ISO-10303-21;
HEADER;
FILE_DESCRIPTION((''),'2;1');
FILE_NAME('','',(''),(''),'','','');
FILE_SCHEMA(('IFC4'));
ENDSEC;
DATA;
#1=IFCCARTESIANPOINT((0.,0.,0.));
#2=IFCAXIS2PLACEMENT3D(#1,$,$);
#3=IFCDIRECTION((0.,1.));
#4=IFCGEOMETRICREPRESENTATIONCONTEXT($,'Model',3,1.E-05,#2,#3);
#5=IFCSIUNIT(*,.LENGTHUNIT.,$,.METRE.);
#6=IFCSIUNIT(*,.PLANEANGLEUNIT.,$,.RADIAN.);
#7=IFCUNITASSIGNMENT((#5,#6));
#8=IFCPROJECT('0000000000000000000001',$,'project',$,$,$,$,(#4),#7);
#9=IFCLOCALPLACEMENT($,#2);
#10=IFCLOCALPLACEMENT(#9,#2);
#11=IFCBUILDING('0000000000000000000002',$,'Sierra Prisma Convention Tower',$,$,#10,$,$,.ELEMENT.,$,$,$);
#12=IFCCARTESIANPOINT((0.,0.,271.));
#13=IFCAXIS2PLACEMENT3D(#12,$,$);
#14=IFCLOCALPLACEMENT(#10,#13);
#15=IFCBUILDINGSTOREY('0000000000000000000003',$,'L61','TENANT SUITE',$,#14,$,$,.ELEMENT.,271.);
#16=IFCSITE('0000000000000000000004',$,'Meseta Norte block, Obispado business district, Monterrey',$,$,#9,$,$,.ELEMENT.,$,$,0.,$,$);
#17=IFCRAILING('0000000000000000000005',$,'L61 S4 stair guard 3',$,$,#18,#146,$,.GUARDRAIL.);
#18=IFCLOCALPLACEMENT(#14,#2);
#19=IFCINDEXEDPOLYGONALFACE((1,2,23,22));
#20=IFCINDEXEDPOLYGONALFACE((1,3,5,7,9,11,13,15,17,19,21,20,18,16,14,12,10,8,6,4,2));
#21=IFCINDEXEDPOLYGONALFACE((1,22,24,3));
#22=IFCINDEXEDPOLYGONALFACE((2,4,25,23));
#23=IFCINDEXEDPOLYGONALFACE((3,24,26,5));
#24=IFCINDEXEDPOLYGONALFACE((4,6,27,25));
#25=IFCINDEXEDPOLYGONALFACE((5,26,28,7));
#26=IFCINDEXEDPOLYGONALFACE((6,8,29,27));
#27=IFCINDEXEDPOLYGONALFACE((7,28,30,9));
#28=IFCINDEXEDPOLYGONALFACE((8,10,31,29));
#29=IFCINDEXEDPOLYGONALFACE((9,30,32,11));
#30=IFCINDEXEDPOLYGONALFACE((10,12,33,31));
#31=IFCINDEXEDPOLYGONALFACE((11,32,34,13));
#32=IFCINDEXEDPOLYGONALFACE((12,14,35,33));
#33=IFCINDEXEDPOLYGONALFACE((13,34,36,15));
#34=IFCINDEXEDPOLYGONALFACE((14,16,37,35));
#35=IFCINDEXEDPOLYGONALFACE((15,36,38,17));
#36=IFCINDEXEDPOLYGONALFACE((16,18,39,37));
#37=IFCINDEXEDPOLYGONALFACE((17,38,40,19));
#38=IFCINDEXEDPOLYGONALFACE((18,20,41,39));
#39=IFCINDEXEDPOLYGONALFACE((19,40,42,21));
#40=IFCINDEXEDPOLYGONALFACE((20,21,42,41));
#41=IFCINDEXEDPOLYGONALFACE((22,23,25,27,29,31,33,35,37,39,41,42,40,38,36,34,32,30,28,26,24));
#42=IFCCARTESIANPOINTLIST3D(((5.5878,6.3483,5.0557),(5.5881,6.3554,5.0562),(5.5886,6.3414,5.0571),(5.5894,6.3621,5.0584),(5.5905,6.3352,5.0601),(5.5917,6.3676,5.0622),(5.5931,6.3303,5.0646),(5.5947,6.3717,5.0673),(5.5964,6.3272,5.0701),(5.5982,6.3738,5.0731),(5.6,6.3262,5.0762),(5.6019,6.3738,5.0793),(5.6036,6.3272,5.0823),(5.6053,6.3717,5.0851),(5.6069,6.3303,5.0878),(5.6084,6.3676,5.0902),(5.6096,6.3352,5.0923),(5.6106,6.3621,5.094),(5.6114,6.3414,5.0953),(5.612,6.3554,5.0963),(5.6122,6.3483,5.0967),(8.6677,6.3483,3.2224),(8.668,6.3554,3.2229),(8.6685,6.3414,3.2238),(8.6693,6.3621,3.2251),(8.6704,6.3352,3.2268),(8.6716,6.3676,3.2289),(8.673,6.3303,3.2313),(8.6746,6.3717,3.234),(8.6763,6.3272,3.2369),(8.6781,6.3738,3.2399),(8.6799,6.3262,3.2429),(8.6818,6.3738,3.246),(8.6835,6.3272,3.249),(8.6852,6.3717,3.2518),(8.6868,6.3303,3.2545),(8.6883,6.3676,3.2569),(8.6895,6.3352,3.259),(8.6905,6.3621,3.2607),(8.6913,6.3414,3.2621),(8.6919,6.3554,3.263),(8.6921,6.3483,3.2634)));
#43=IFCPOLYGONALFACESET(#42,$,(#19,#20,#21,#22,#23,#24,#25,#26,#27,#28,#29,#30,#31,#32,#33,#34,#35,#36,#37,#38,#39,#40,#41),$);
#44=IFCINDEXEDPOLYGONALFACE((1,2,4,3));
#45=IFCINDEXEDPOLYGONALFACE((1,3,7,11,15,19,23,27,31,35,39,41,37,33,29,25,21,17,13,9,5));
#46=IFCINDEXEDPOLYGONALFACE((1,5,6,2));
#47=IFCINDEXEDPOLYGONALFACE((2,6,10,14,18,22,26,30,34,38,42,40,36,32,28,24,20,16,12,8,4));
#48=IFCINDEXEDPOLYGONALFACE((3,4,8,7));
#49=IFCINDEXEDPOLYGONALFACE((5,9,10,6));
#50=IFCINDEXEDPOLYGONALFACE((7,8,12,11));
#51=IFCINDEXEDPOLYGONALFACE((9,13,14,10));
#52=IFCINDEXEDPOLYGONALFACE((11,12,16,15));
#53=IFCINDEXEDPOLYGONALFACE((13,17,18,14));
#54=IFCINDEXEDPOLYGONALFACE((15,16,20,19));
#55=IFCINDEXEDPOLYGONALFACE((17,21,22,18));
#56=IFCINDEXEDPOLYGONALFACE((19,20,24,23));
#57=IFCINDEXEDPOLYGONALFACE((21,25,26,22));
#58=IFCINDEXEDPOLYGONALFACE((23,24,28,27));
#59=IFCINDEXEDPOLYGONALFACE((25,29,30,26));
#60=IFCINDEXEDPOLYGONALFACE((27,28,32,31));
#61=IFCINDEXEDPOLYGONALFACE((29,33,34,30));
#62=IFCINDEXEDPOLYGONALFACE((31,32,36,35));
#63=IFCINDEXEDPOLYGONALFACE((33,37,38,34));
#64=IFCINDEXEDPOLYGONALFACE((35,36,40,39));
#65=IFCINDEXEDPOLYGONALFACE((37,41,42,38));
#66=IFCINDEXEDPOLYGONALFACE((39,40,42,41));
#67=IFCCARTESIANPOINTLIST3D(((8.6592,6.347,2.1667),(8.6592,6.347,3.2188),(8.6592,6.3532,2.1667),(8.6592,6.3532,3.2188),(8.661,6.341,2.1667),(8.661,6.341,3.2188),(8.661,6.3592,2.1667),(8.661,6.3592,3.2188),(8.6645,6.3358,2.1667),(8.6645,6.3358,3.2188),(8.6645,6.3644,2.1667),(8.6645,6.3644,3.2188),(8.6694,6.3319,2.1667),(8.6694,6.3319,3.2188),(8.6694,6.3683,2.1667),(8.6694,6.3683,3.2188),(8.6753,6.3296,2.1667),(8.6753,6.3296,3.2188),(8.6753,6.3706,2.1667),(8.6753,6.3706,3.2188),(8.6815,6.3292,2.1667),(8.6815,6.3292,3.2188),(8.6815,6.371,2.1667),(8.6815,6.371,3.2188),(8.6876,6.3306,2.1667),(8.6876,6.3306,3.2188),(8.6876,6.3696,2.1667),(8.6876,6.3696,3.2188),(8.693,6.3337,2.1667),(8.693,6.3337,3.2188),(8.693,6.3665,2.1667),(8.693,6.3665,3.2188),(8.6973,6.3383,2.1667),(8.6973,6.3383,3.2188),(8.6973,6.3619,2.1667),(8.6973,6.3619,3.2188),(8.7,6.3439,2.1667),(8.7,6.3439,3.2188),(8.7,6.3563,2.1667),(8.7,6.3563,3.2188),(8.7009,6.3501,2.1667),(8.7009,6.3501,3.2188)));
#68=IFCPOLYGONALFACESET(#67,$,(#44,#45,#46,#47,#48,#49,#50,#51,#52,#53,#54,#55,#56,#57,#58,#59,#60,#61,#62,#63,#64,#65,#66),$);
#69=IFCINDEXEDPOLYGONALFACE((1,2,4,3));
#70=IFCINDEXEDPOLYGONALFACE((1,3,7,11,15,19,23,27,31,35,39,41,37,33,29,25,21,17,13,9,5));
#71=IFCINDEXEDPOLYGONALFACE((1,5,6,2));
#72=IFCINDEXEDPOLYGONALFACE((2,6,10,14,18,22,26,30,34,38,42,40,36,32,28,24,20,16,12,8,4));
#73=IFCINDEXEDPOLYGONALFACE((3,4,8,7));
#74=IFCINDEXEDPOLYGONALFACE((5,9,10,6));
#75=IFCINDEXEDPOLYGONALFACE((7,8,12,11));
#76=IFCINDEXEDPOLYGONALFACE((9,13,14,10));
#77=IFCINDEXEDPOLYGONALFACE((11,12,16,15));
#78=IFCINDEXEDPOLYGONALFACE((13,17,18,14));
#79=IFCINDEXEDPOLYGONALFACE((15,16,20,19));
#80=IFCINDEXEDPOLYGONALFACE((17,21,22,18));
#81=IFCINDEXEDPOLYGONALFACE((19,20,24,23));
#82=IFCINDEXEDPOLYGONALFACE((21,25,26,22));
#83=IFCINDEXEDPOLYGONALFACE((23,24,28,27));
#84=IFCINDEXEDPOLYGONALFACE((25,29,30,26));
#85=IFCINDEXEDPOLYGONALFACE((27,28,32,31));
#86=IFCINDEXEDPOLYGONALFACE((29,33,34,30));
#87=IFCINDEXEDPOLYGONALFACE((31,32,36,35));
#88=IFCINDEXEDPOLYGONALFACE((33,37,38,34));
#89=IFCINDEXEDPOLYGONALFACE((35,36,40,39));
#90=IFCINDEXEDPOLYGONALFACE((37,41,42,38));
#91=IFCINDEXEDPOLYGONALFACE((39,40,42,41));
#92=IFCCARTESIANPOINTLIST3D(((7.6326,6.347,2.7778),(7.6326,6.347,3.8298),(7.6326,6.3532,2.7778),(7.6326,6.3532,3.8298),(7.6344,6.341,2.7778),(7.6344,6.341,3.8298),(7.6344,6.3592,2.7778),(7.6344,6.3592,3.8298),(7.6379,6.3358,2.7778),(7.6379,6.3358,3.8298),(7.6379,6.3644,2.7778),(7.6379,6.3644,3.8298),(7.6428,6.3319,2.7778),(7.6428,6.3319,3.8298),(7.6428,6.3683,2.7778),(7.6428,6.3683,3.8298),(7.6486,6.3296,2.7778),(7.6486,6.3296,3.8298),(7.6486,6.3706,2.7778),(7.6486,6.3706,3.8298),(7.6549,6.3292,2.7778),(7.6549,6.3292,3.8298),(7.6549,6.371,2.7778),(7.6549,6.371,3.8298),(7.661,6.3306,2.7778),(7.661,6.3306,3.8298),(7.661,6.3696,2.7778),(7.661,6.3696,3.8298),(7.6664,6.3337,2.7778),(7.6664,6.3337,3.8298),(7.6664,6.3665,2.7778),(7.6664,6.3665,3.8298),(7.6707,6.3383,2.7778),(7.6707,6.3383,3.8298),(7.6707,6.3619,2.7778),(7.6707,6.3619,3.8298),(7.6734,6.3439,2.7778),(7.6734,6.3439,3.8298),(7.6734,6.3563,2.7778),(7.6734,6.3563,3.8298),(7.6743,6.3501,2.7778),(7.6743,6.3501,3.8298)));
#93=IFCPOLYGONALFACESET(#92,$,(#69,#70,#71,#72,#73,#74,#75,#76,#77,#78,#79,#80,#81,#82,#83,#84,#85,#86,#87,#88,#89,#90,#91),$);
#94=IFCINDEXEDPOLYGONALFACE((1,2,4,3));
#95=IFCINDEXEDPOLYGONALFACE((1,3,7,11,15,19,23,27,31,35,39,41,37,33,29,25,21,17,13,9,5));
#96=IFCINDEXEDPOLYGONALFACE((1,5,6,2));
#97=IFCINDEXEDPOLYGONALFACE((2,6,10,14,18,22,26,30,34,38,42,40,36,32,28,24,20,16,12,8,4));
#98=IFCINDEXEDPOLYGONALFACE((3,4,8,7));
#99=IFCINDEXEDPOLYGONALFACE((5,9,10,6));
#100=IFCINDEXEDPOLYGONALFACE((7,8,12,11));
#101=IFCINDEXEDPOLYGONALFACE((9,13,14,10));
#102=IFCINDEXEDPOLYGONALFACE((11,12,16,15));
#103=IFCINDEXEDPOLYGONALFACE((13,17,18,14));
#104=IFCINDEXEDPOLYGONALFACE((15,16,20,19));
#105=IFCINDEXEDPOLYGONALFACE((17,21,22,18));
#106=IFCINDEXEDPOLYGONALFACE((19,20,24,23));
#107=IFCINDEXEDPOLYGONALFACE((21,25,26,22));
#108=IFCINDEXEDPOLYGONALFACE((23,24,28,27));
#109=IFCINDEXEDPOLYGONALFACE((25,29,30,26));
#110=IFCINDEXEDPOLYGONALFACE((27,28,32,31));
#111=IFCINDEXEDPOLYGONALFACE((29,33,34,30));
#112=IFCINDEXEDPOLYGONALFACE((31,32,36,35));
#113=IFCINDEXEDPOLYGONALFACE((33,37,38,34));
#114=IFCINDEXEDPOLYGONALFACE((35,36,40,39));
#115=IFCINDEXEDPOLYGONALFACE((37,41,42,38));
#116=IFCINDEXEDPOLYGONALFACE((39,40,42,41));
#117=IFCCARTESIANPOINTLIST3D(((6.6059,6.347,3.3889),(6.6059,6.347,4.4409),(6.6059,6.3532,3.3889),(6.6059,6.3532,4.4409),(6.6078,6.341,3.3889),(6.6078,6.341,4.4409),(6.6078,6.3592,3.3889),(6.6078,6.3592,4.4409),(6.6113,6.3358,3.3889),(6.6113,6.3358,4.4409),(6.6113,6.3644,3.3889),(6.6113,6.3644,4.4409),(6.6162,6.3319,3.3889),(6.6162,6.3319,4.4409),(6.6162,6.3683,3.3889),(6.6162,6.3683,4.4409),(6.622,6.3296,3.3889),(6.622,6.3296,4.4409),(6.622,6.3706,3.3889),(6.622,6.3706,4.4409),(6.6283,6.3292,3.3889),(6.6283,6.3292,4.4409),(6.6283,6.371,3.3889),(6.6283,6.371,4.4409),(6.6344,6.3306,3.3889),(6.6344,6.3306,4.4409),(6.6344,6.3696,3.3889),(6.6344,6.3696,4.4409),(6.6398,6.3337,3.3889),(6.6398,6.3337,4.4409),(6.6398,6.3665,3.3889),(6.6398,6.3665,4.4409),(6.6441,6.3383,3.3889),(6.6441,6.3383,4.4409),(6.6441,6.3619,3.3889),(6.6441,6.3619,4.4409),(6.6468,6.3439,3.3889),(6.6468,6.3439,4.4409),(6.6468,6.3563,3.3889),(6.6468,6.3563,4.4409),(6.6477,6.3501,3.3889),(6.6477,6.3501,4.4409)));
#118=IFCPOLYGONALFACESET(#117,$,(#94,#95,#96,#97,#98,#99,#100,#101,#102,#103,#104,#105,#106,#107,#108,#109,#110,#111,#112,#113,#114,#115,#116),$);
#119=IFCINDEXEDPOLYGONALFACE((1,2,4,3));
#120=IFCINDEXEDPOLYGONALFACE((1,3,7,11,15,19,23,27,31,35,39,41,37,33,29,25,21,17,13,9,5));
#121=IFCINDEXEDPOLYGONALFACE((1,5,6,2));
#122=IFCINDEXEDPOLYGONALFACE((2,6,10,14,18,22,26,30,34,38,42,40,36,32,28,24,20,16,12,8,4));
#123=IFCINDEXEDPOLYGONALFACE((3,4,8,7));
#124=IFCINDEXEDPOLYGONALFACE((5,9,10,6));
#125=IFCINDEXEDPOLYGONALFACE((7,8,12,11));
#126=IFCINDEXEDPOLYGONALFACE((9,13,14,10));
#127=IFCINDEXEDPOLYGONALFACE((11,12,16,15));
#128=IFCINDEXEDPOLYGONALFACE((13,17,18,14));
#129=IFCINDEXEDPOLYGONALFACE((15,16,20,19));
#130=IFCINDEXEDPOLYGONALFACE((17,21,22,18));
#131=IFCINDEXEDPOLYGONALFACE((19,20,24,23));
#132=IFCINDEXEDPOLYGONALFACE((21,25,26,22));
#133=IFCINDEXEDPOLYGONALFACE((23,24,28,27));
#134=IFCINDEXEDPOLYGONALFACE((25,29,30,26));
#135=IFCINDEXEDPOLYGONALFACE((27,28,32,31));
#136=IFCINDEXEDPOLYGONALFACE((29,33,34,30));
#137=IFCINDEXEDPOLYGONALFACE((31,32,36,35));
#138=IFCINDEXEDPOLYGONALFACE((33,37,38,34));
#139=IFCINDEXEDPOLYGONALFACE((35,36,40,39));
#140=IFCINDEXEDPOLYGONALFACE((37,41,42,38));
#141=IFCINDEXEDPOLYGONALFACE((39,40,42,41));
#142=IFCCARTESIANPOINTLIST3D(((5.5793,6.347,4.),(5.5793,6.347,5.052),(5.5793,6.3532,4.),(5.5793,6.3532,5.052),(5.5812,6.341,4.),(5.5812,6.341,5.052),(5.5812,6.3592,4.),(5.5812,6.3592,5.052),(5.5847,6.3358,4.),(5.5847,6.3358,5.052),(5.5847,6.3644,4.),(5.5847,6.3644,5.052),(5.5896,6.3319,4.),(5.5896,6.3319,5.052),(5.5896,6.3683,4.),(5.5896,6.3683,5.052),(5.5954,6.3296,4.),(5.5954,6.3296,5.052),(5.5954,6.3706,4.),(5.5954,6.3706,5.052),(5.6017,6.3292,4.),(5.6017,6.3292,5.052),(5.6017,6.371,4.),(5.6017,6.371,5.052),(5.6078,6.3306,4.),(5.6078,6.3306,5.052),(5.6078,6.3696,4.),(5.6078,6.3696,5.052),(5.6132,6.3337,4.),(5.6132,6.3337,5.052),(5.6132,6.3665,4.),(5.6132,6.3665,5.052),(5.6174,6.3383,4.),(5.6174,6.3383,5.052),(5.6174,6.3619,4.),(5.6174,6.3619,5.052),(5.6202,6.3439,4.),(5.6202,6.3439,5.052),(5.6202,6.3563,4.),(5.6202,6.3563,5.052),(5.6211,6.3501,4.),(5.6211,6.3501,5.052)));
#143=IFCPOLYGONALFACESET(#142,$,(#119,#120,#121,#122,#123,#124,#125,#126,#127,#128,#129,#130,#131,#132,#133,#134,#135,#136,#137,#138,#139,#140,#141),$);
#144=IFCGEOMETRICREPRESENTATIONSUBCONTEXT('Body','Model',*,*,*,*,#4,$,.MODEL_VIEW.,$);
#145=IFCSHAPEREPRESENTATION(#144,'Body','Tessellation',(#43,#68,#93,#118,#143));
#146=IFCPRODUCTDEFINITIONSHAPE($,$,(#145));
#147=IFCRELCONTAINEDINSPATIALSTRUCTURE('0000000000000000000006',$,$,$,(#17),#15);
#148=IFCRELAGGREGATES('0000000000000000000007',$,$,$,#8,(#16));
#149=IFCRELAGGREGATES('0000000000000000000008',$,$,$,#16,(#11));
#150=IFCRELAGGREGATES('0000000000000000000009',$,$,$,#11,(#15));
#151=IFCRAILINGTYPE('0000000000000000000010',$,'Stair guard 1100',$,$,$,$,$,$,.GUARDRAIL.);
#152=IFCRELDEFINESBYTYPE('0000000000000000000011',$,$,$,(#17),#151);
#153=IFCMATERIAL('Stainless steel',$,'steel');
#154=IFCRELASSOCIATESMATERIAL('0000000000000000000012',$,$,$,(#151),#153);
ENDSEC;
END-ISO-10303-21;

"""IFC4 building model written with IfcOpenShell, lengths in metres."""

from ifc_helpers import new_model, si_unit, direction, frame, origin, origin_2d, place, context, subcontext, project, spatial, circle, extrude, material, type_object, element, save


model = new_model("IFC4")

# Units and contexts
model_context = context("Model", 3, precision=1e-05, world=origin(), true_north=direction((0.0, 1.0)))
body_context = subcontext(model_context, "Body", "Model", "MODEL_VIEW")
ifc_project = project(units=[si_unit("LENGTHUNIT", "METRE"), si_unit("PLANEANGLEUNIT", "RADIAN")], contexts=[model_context])

# Site, building, storey
site_placement = place(None, origin())
site = spatial("IfcSite", under=ifc_project, at=site_placement, Name="Meseta Norte block, Obispado business district, Monterrey", CompositionType="ELEMENT", RefElevation=0.0)
building_placement = place(site_placement, origin())
building = spatial("IfcBuilding", under=site, at=building_placement, Name="Sierra Prisma Convention Tower", CompositionType="ELEMENT")
storey_placement = place(building_placement, frame((0.0, 0.0, 271.0)))
storey = spatial("IfcBuildingStorey", under=building, at=storey_placement, Name="L61", Description="TENANT SUITE", CompositionType="ELEMENT", Elevation=271.0)

# Railing
ifc_material_1 = material(Name="Stainless steel", Category="steel")
railing_type_1 = type_object("IfcRailingType", Name="Stair guard 1100", PredefinedType="GUARDRAIL", material=ifc_material_1)
railing_1_placement = place(storey_placement, frame((8.6799, 6.3501, 2.1667)))
element("IfcRailing", 1, at=railing_1_placement, inside=storey, type_object=railing_type_1, Name="L61 S4 stair guard 3", PredefinedType="GUARDRAIL", context=body_context, shape_type="SweptSolid", body=[
    extrude(circle(Radius=0.0239, at=origin_2d()), frame((0.0, 0.0, 1.0762), z_axis=(-0.859291, 0.0, 0.511487), x_axis=(0.0, -1.0, 0.0)), (0.0, 0.0, 1.0), 3.5842),
    extrude(circle(Radius=0.021, at=origin_2d()), origin(), (0.0, 0.0, 1.0), 1.052),
    extrude(circle(Radius=0.021, at=origin_2d()), frame((-1.0266, 0.0, 0.6111)), (0.0, 0.0, 1.0), 1.052),
    extrude(circle(Radius=0.021, at=origin_2d()), frame((-2.0532, 0.0, 1.2222)), (0.0, 0.0, 1.0), 1.052),
    extrude(circle(Radius=0.021, at=origin_2d()), frame((-3.0798, 0.0, 1.8333)), (0.0, 0.0, 1.0), 1.052),
])

save(model, "model.ifc")
